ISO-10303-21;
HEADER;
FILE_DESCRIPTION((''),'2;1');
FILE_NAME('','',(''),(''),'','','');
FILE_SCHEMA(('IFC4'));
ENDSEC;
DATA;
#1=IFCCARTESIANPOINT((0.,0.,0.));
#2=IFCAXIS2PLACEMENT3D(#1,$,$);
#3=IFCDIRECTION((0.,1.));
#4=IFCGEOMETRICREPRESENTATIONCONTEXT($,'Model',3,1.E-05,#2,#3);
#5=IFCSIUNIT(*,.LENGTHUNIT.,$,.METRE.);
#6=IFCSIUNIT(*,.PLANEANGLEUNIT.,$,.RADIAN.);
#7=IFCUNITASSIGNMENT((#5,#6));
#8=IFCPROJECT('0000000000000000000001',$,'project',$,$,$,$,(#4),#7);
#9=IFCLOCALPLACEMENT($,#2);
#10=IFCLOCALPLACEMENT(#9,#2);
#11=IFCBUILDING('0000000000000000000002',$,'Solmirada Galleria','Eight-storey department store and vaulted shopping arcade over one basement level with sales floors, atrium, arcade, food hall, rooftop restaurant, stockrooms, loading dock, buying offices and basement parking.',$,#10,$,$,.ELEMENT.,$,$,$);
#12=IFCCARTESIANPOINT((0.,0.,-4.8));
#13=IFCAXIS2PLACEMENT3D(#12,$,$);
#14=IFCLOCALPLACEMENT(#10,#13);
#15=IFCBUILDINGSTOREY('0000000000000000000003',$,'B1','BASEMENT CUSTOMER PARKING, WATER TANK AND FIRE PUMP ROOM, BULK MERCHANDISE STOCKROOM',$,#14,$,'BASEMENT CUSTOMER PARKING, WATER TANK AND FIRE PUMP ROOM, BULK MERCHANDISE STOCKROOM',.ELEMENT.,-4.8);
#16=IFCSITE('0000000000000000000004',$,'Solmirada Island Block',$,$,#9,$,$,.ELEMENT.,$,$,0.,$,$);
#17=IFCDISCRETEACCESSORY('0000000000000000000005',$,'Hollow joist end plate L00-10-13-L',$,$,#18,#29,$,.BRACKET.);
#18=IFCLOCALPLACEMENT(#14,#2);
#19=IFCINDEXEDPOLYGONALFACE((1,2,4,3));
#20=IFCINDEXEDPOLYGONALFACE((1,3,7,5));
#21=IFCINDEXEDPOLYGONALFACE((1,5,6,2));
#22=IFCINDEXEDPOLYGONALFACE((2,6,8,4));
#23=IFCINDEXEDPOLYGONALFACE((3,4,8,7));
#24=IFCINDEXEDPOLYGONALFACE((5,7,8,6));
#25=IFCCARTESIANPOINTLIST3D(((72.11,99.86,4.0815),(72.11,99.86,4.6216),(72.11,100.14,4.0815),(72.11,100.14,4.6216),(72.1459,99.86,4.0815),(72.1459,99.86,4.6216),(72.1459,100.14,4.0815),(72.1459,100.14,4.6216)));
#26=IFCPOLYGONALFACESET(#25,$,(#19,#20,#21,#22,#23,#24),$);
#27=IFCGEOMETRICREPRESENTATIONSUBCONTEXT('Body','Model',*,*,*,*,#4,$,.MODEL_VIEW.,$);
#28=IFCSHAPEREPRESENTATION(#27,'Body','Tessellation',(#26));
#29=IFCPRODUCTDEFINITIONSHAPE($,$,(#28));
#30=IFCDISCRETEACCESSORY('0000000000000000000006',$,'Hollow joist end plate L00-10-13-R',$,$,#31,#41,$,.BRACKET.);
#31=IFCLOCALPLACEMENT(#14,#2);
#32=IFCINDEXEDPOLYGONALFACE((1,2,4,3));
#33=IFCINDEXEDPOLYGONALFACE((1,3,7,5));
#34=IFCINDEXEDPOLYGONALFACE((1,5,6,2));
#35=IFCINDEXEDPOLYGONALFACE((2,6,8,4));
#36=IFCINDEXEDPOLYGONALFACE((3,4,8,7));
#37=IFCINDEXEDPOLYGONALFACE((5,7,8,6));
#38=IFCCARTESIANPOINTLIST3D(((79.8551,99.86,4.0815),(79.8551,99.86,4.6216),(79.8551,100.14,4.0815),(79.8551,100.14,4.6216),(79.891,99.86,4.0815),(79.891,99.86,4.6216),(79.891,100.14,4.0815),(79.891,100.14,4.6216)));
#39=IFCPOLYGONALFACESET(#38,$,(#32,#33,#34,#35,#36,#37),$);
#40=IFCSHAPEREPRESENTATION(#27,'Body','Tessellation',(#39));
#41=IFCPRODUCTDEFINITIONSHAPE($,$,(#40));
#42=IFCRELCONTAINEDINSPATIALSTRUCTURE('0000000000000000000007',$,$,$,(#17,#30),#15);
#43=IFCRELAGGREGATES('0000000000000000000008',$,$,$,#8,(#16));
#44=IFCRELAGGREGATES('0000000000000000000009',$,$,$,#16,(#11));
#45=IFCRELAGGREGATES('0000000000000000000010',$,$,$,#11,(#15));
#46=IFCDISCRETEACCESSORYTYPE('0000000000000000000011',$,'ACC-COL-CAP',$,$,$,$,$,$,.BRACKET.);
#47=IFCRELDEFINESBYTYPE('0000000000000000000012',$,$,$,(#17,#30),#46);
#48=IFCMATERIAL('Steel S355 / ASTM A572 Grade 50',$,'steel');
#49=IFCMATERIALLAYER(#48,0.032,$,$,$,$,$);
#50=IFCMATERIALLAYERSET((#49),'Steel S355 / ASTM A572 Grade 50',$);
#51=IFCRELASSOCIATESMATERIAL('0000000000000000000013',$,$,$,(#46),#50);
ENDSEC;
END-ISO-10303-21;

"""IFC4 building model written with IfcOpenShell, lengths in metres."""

from ifc_helpers import new_model, si_unit, direction, frame, origin, origin_2d, place, context, subcontext, project, spatial, rectangle, extrude, material, layer, layer_set, type_object, element, save


model = new_model("IFC4")

# Units and contexts
model_context = context("Model", 3, precision=1e-05, world=origin(), true_north=direction((0.0, 1.0)))
body_context = subcontext(model_context, "Body", "Model", "MODEL_VIEW")
ifc_project = project(units=[si_unit("LENGTHUNIT", "METRE"), si_unit("PLANEANGLEUNIT", "RADIAN")], contexts=[model_context])

# Site, building, storey
site_placement = place(None, origin())
site = spatial("IfcSite", under=ifc_project, at=site_placement, Name="Solmirada Island Block", CompositionType="ELEMENT", RefElevation=0.0)
building_placement = place(site_placement, origin())
building = spatial("IfcBuilding", under=site, at=building_placement, Name="Solmirada Galleria", Description="Eight-storey department store and vaulted shopping arcade over one basement level with sales floors, atrium, arcade, food hall, rooftop restaurant, stockrooms, loading dock, buying offices and basement parking.", CompositionType="ELEMENT")
storey_placement = place(building_placement, frame((0.0, 0.0, -4.8)))
storey = spatial("IfcBuildingStorey", under=building, at=storey_placement, Name="B1", Description="BASEMENT CUSTOMER PARKING, WATER TANK AND FIRE PUMP ROOM, BULK MERCHANDISE STOCKROOM", LongName="BASEMENT CUSTOMER PARKING, WATER TANK AND FIRE PUMP ROOM, BULK MERCHANDISE STOCKROOM", CompositionType="ELEMENT", Elevation=-4.8)

# Discrete accessories
ifc_material_1 = material(Name="Steel S355 / ASTM A572 Grade 50", Category="steel")
ifc_layer = layer(ifc_material_1, 0.032)
ifc_layer_set = layer_set([ifc_layer], Name="Steel S355 / ASTM A572 Grade 50")
discrete_accessory_type_1 = type_object("IfcDiscreteAccessoryType", Name="ACC-COL-CAP", PredefinedType="BRACKET", material=ifc_layer_set)
for number, where, z_axis, x_axis, name in (
    (1, (72.1279, 100.0, 4.0815), (0.0, 0.0, 1.0), (1.0, 0.0, 0.0), "Hollow joist end plate L00-10-13-L"),
    (2, (79.873, 100.0, 4.0815), (0.0, 0.0, 1.0), (1.0, 0.0, 0.0), "Hollow joist end plate L00-10-13-R"),
):
    element("IfcDiscreteAccessory", number, at=place(storey_placement, frame(where, z_axis=z_axis, x_axis=x_axis)), inside=storey, type_object=discrete_accessory_type_1, Name=name, PredefinedType="BRACKET", context=body_context, shape_type="SweptSolid", body=[
        extrude(rectangle(XDim=0.0359, YDim=0.28, at=origin_2d()), origin(), (0.0, 0.0, 1.0), 0.54),
    ])

save(model, "model.ifc")
